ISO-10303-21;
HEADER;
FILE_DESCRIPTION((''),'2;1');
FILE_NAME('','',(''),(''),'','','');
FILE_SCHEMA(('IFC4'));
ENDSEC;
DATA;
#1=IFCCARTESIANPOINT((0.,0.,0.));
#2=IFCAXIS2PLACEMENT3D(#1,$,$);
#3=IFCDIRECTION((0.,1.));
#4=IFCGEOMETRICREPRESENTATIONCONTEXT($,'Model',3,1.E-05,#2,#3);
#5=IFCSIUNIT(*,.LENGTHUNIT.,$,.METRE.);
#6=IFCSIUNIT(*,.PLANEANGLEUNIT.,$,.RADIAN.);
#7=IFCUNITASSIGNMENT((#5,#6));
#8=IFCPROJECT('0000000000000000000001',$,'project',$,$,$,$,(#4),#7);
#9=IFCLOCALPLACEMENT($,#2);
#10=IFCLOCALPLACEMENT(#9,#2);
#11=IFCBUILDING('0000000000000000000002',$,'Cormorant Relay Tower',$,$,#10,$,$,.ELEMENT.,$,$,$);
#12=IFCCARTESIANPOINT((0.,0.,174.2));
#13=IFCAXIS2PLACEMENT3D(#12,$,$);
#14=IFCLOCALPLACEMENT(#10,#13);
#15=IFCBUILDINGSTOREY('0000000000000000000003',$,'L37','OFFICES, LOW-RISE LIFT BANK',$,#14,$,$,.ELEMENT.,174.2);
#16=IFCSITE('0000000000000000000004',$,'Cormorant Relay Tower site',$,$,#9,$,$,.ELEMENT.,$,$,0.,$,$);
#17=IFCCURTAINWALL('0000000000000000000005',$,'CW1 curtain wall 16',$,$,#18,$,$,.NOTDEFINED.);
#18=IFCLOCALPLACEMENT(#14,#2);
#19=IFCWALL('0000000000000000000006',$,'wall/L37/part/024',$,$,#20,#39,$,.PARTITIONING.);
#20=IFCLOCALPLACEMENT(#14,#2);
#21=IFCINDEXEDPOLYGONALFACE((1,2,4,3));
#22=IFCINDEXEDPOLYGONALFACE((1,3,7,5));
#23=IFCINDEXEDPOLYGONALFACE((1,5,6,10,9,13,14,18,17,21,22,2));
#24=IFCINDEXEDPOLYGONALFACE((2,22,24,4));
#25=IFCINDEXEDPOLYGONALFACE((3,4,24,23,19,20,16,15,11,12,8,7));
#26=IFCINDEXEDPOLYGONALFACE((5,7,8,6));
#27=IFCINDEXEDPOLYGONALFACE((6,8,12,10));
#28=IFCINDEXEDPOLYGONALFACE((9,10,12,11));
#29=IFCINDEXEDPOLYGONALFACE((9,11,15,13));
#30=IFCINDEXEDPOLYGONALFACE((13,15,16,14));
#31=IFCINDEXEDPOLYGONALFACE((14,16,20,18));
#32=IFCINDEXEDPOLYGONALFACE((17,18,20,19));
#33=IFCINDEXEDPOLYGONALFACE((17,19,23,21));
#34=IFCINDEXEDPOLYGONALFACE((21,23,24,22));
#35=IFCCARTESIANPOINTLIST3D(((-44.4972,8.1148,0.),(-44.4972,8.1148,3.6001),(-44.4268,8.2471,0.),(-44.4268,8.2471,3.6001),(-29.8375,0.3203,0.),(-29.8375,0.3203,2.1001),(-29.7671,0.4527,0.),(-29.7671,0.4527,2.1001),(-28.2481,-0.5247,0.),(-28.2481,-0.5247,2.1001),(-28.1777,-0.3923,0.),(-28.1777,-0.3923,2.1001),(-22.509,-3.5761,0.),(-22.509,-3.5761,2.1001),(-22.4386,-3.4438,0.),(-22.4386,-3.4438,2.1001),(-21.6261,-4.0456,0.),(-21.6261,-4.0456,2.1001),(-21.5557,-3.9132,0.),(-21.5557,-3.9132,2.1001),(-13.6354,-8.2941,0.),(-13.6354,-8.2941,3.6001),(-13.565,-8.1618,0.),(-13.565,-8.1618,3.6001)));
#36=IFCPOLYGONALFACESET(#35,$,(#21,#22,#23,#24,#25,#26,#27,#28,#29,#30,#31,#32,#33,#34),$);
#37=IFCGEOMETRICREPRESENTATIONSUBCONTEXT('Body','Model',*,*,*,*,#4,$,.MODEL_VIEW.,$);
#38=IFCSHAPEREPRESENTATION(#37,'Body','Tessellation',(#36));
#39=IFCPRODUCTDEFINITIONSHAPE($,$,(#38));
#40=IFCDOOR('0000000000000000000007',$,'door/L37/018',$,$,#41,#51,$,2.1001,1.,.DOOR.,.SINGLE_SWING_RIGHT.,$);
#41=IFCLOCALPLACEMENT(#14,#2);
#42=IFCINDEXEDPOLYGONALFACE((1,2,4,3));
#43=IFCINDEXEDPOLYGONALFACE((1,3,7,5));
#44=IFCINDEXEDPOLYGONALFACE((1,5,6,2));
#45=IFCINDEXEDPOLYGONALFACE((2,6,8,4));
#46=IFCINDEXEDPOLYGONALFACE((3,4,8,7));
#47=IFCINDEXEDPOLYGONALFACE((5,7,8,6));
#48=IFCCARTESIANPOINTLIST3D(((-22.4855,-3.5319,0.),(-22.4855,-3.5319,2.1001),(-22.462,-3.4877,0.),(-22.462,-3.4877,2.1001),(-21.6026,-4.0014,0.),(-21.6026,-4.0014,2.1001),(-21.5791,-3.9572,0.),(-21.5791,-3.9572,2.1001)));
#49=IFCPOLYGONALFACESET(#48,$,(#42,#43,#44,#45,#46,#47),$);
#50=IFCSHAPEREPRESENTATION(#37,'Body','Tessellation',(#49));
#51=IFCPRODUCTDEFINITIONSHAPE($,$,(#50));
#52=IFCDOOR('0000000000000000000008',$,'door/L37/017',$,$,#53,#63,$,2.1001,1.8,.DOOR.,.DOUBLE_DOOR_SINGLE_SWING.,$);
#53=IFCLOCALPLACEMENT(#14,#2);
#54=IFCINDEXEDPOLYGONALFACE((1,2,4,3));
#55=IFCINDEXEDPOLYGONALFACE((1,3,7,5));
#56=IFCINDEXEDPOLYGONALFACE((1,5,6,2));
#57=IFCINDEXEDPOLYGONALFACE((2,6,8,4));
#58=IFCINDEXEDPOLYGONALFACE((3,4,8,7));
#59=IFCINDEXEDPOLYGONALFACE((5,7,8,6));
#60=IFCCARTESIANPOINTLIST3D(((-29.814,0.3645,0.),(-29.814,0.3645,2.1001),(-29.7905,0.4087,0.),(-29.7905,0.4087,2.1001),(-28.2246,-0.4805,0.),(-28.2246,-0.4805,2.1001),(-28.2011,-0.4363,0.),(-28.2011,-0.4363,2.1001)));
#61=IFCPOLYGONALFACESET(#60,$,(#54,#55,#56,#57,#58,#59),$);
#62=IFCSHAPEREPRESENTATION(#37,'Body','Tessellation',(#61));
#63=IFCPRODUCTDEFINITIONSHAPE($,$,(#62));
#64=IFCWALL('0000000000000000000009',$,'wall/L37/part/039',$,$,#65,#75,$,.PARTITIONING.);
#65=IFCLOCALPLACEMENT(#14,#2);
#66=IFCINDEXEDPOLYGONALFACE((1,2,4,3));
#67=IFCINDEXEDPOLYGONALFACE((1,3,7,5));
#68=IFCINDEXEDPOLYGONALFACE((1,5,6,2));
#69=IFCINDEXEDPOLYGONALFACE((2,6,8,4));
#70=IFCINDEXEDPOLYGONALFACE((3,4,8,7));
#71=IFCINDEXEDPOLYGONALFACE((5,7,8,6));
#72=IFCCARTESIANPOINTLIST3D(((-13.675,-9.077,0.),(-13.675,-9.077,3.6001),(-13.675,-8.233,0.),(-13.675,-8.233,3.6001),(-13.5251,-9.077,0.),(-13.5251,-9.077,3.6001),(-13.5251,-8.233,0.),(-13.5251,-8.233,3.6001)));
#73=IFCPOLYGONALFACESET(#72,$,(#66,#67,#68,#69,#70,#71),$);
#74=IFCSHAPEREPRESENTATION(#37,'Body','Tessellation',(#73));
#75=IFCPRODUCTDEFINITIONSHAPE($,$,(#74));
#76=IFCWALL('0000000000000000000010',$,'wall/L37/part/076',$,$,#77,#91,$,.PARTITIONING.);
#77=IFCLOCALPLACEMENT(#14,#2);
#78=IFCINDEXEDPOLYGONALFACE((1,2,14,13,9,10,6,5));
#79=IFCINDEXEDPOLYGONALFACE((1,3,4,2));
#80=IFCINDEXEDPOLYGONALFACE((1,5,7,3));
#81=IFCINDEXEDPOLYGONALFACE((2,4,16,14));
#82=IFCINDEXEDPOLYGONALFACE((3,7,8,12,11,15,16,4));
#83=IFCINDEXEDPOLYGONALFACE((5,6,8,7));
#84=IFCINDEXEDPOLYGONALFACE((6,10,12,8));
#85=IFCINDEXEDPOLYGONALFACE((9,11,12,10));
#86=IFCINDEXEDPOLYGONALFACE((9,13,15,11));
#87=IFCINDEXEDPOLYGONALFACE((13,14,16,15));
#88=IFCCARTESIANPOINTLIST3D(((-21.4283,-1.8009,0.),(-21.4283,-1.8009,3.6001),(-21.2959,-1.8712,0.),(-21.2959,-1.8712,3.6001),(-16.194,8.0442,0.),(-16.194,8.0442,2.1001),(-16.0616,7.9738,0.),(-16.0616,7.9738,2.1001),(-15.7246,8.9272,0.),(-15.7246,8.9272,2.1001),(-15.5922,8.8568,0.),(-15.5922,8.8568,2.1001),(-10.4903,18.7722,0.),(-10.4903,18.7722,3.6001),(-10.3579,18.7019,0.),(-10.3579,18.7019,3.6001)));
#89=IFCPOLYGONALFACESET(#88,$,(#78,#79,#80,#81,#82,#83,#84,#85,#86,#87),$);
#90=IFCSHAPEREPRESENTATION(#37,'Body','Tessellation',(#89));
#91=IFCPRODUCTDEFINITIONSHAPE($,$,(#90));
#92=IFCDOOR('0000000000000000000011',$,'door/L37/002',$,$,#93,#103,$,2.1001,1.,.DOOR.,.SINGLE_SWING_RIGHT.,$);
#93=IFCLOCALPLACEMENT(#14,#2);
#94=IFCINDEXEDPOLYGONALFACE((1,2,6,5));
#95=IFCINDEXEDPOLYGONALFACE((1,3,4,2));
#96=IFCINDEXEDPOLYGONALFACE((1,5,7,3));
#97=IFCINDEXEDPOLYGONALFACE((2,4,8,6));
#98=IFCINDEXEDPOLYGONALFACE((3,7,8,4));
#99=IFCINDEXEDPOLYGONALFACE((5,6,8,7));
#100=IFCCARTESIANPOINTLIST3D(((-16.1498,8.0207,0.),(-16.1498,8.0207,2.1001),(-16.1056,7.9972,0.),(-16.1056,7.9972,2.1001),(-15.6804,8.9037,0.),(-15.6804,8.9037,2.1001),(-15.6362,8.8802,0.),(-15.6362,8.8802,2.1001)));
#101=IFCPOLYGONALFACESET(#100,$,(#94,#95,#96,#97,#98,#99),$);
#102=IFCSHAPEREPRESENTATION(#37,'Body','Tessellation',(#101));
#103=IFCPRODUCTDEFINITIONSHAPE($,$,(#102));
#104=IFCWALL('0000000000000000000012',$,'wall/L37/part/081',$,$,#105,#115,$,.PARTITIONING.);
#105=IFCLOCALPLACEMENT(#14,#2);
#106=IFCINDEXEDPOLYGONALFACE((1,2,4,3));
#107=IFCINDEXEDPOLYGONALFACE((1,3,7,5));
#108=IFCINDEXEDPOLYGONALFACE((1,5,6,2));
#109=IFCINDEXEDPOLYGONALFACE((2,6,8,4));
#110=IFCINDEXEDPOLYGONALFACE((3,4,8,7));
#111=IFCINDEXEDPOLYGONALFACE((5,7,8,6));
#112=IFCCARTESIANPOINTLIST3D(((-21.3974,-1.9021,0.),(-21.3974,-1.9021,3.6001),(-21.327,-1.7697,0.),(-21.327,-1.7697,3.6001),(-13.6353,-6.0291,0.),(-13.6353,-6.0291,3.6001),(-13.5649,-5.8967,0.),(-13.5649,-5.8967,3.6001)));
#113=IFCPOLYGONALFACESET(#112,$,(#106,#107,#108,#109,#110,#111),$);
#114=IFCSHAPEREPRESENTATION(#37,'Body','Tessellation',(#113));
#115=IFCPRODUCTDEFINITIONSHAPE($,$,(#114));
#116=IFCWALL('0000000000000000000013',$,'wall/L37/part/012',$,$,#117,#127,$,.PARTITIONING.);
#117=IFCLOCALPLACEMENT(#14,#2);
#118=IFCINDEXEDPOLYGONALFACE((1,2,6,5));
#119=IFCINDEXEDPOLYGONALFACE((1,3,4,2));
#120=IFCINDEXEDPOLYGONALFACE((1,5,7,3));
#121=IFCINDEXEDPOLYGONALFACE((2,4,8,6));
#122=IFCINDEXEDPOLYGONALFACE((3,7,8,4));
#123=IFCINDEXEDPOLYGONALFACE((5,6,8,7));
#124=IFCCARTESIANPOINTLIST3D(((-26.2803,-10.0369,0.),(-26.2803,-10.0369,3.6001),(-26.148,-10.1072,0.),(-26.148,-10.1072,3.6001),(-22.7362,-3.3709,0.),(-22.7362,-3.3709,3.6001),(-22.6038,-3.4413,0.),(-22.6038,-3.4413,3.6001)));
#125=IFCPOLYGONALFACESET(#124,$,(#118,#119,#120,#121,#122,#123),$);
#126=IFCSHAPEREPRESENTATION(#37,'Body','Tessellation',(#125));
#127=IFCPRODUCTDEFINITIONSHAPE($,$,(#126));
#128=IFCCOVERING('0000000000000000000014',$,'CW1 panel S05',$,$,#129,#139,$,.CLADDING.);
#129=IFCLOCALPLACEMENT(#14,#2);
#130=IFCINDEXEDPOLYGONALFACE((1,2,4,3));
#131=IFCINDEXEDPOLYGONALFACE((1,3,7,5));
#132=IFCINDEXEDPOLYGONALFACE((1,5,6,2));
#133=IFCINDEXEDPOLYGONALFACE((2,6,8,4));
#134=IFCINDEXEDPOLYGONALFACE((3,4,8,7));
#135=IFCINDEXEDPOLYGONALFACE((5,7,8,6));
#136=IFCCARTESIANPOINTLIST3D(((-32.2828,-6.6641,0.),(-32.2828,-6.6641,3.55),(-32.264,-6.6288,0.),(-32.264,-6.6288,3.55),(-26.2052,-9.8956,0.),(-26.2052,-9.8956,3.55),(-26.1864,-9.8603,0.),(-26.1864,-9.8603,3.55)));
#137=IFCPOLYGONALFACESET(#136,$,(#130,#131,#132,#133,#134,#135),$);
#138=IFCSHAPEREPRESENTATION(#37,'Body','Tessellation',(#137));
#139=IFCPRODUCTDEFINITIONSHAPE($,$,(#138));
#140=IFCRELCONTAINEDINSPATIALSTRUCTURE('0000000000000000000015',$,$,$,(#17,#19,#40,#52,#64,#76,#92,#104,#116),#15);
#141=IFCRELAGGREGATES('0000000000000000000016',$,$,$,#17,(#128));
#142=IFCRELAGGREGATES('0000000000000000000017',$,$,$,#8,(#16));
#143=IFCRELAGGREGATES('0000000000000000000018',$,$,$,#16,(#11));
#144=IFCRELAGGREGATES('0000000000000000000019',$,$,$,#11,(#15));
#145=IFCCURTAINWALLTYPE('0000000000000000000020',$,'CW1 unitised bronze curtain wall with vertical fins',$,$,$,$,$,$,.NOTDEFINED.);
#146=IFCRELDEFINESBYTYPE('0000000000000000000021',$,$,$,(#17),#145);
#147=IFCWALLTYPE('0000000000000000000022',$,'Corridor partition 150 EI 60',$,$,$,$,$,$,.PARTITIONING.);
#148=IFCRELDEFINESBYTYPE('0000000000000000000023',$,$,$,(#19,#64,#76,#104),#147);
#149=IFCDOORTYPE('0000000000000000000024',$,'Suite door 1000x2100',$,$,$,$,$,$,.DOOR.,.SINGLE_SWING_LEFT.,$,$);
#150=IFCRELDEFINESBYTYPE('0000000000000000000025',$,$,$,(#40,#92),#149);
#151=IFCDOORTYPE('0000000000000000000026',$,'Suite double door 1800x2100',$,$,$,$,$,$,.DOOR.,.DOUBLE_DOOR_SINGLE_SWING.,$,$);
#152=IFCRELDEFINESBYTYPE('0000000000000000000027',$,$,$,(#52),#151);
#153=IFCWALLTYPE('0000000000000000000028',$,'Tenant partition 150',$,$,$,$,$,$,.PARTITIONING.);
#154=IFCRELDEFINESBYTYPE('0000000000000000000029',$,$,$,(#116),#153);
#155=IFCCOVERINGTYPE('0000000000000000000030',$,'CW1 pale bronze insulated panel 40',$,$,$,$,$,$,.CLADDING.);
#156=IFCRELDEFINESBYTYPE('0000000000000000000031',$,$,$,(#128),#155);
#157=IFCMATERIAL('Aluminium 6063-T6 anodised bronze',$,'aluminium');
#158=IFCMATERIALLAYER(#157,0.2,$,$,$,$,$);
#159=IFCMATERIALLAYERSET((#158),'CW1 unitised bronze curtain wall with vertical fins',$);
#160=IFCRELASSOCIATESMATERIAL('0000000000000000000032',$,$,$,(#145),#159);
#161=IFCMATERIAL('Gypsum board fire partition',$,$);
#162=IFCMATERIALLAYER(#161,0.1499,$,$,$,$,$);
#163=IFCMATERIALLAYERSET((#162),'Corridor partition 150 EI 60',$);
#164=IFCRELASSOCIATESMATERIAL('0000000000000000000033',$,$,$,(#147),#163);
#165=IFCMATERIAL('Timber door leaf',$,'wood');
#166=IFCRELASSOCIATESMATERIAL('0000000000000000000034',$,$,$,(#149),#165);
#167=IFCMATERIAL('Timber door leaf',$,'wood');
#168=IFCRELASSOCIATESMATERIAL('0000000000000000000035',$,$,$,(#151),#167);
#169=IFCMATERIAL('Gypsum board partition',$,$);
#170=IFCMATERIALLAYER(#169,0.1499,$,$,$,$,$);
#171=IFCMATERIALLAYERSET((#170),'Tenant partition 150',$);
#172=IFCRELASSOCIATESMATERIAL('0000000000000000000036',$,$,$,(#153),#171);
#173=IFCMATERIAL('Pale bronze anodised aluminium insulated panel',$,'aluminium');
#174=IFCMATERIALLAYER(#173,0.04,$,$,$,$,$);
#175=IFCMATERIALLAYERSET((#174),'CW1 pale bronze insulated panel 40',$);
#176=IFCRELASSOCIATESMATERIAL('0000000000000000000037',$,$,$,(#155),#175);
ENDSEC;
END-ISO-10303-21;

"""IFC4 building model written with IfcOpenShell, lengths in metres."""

from ifc_helpers import new_model, si_unit, direction, frame, frame_2d, origin, origin_2d, place, context, subcontext, project, spatial, rectangle, extrude, material, layer, layer_set, type_object, element, fill, aggregate, save


model = new_model("IFC4")

# Units and contexts
model_context = context("Model", 3, precision=1e-05, world=origin(), true_north=direction((0.0, 1.0)))
body_context = subcontext(model_context, "Body", "Model", "MODEL_VIEW")
ifc_project = project(units=[si_unit("LENGTHUNIT", "METRE"), si_unit("PLANEANGLEUNIT", "RADIAN")], contexts=[model_context])

# Site, building, storey
site_placement = place(None, origin())
site = spatial("IfcSite", under=ifc_project, at=site_placement, Name="Cormorant Relay Tower site", CompositionType="ELEMENT", RefElevation=0.0)
building_placement = place(site_placement, origin())
building = spatial("IfcBuilding", under=site, at=building_placement, Name="Cormorant Relay Tower", CompositionType="ELEMENT")
storey_placement = place(building_placement, frame((0.0, 0.0, 174.2)))
storey = spatial("IfcBuildingStorey", under=building, at=storey_placement, Name="L37", Description="OFFICES, LOW-RISE LIFT BANK", CompositionType="ELEMENT", Elevation=174.2)

# Curtain wall
ifc_material_1 = material(Name="Aluminium 6063-T6 anodised bronze", Category="aluminium")
ifc_layer_1 = layer(ifc_material_1, 0.2)
ifc_layer_set_1 = layer_set([ifc_layer_1], Name="CW1 unitised bronze curtain wall with vertical fins")
curtain_wall_type = type_object("IfcCurtainWallType", Name="CW1 unitised bronze curtain wall with vertical fins", PredefinedType="NOTDEFINED", material=ifc_layer_set_1)
curtain_wall_placement = place(storey_placement, origin())
curtain_wall = element("IfcCurtainWall", 1, at=curtain_wall_placement, inside=storey, type_object=curtain_wall_type, Name="CW1 curtain wall 16", PredefinedType="NOTDEFINED")

# Wall, openings, doors
ifc_material_2 = material(Name="Gypsum board fire partition")
ifc_layer_2 = layer(ifc_material_2, 0.1499)
ifc_layer_set_2 = layer_set([ifc_layer_2], Name="Corridor partition 150 EI 60")
wall_type_1 = type_object("IfcWallType", Name="Corridor partition 150 EI 60", PredefinedType="PARTITIONING", material=ifc_layer_set_2)
wall_1_placement = place(storey_placement, frame((-13.6001, -8.228, 0.0), z_axis=(0.0, 0.0, 1.0), x_axis=(-0.882955, 0.469459, 0.0)))
wall_1 = element("IfcWall", 2, at=wall_1_placement, inside=storey, type_object=wall_type_1, Name="wall/L37/part/024", PredefinedType="PARTITIONING", context=body_context, shape_type="SweptSolid", body=[
    extrude(rectangle(XDim=34.9529, YDim=0.1499, at=frame_2d((17.4766, 0.0))), origin(), (0.0, 0.0, 1.0), 3.6001),
])
opening_1_placement = place(wall_1_placement, frame((16.55, 0.0, 0.0)))
opening_1 = element("IfcOpeningElement", 3, at=opening_1_placement, cuts=wall_1, PredefinedType="OPENING", context=body_context, shape_type="SweptSolid", body=[
    extrude(rectangle(XDim=1.8, YDim=2.1001, at=frame_2d((0.8999, 1.05))), frame((0.0, 0.085, 0.0), z_axis=(0.0, -1.0, 0.0), x_axis=(1.0, 0.0, 0.0)), (0.0, 0.0, 1.0), 0.1699),
])
opening_2_placement = place(wall_1_placement, frame((9.05, 0.0, 0.0)))
opening_2 = element("IfcOpeningElement", 4, at=opening_2_placement, cuts=wall_1, PredefinedType="OPENING", context=body_context, shape_type="SweptSolid", body=[
    extrude(rectangle(XDim=1.0, YDim=2.1001, at=frame_2d((0.5, 1.05))), frame((0.0, 0.085, 0.0), z_axis=(0.0, -1.0, 0.0), x_axis=(1.0, 0.0, 0.0)), (0.0, 0.0, 1.0), 0.1699),
])
ifc_material_3 = material(Name="Timber door leaf", Category="wood")
door_type_1 = type_object("IfcDoorType", Name="Suite door 1000x2100", OperationType="SINGLE_SWING_LEFT", PredefinedType="DOOR", material=ifc_material_3)
door_1_placement = place(opening_2_placement, origin())
door_1 = element("IfcDoor", 5, at=door_1_placement, inside=storey, type_object=door_type_1, Name="door/L37/018", OperationType="SINGLE_SWING_RIGHT", OverallHeight=2.1001, OverallWidth=1.0, PredefinedType="DOOR", context=body_context, shape_type="SweptSolid", body=[
    extrude(rectangle(XDim=1.0, YDim=2.1001, at=frame_2d((0.5, 1.05))), frame((0.0, 0.0249, 0.0), z_axis=(0.0, -1.0, 0.0), x_axis=(1.0, 0.0, 0.0)), (0.0, 0.0, 1.0), 0.05),
])
fill(opening_2, door_1)
ifc_material_4 = material(Name="Timber door leaf", Category="wood")
door_type_2 = type_object("IfcDoorType", Name="Suite double door 1800x2100", OperationType="DOUBLE_DOOR_SINGLE_SWING", PredefinedType="DOOR", material=ifc_material_4)
door_2_placement = place(opening_1_placement, origin())
door_2 = element("IfcDoor", 6, at=door_2_placement, inside=storey, type_object=door_type_2, Name="door/L37/017", OperationType="DOUBLE_DOOR_SINGLE_SWING", OverallHeight=2.1001, OverallWidth=1.8, PredefinedType="DOOR", context=body_context, shape_type="SweptSolid", body=[
    extrude(rectangle(XDim=1.8, YDim=2.1001, at=frame_2d((0.8999, 1.05))), frame((0.0, 0.0249, 0.0), z_axis=(0.0, -1.0, 0.0), x_axis=(1.0, 0.0, 0.0)), (0.0, 0.0, 1.0), 0.05),
])
fill(opening_1, door_2)

# Wall
wall_2_placement = place(storey_placement, frame((-13.6001, -9.0769, 0.0), z_axis=(0.0, 0.0, 1.0), x_axis=(0.0, 1.0, 0.0)))
element("IfcWall", 7, at=wall_2_placement, inside=storey, type_object=wall_type_1, Name="wall/L37/part/039", PredefinedType="PARTITIONING", context=body_context, shape_type="SweptSolid", body=[
    extrude(rectangle(XDim=0.844, YDim=0.1499, at=frame_2d((0.4219, 0.0))), origin(), (0.0, 0.0, 1.0), 3.6001),
])

# Wall, opening, door
wall_3_placement = place(storey_placement, frame((-21.3621, -1.8359, 0.0), z_axis=(0.0, 0.0, 1.0), x_axis=(0.469442, 0.882963, 0.0)))
wall_3 = element("IfcWall", 8, at=wall_3_placement, inside=storey, type_object=wall_type_1, Name="wall/L37/part/076", PredefinedType="PARTITIONING", context=body_context, shape_type="SweptSolid", body=[
    extrude(rectangle(XDim=23.3, YDim=0.1499, at=frame_2d((11.6499, 0.0))), origin(), (0.0, 0.0, 1.0), 3.6001),
])
opening_3_placement = place(wall_3_placement, frame((11.1499, 0.0, 0.0)))
opening_3 = element("IfcOpeningElement", 9, at=opening_3_placement, cuts=wall_3, PredefinedType="OPENING", context=body_context, shape_type="SweptSolid", body=[
    extrude(rectangle(XDim=1.0, YDim=2.1001, at=frame_2d((0.5, 1.05))), frame((0.0, 0.085, 0.0), z_axis=(0.0, -1.0, 0.0), x_axis=(1.0, 0.0, 0.0)), (0.0, 0.0, 1.0), 0.1699),
])
door_3_placement = place(opening_3_placement, origin())
door_3 = element("IfcDoor", 10, at=door_3_placement, inside=storey, type_object=door_type_1, Name="door/L37/002", OperationType="SINGLE_SWING_RIGHT", OverallHeight=2.1001, OverallWidth=1.0, PredefinedType="DOOR", context=body_context, shape_type="SweptSolid", body=[
    extrude(rectangle(XDim=1.0, YDim=2.1001, at=frame_2d((0.5, 1.05))), frame((0.0, 0.0249, 0.0), z_axis=(0.0, -1.0, 0.0), x_axis=(1.0, 0.0, 0.0)), (0.0, 0.0, 1.0), 0.05),
])
fill(opening_3, door_3)

# Walls
wall_4_placement = place(storey_placement, frame((-13.6001, -5.9629, 0.0), z_axis=(0.0, 0.0, 1.0), x_axis=(-0.882955, 0.469458, 0.0)))
element("IfcWall", 11, at=wall_4_placement, inside=storey, type_object=wall_type_1, Name="wall/L37/part/081", PredefinedType="PARTITIONING", context=body_context, shape_type="SweptSolid", body=[
    extrude(rectangle(XDim=8.791, YDim=0.1499, at=frame_2d((4.3955, 0.0))), origin(), (0.0, 0.0, 1.0), 3.6001),
])
ifc_material_5 = material(Name="Gypsum board partition")
ifc_layer_3 = layer(ifc_material_5, 0.1499)
ifc_layer_set_3 = layer_set([ifc_layer_3], Name="Tenant partition 150")
wall_type_2 = type_object("IfcWallType", Name="Tenant partition 150", PredefinedType="PARTITIONING", material=ifc_layer_set_3)
wall_5_placement = place(storey_placement, frame((-22.6699, -3.406, 0.0), z_axis=(0.0, 0.0, 1.0), x_axis=(-0.469452, -0.882958, 0.0)))
element("IfcWall", 12, at=wall_5_placement, inside=storey, type_object=wall_type_2, Name="wall/L37/part/012", PredefinedType="PARTITIONING", context=body_context, shape_type="SweptSolid", body=[
    extrude(rectangle(XDim=7.5496, YDim=0.1499, at=frame_2d((3.7749, 0.0))), origin(), (0.0, 0.0, 1.0), 3.6001),
])

# Covering
ifc_material_6 = material(Name="Pale bronze anodised aluminium insulated panel", Category="aluminium")
ifc_layer_4 = layer(ifc_material_6, 0.04)
ifc_layer_set_4 = layer_set([ifc_layer_4], Name="CW1 pale bronze insulated panel 40")
covering_type = type_object("IfcCoveringType", Name="CW1 pale bronze insulated panel 40", PredefinedType="CLADDING", material=ifc_layer_set_4)
covering_placement = place(storey_placement, frame((-29.2346, -8.2622, 0.0), z_axis=(0.0, 0.0, 1.0), x_axis=(0.882948, -0.469472, 0.0)))
covering = element("IfcCovering", 13, at=covering_placement, type_object=covering_type, Name="CW1 panel S05", PredefinedType="CLADDING", context=body_context, shape_type="SweptSolid", body=[
    extrude(rectangle(XDim=6.8833, YDim=0.04, at=origin_2d()), origin(), (0.0, 0.0, 1.0), 3.55),
])
aggregate(curtain_wall, [covering])

save(model, "model.ifc")
